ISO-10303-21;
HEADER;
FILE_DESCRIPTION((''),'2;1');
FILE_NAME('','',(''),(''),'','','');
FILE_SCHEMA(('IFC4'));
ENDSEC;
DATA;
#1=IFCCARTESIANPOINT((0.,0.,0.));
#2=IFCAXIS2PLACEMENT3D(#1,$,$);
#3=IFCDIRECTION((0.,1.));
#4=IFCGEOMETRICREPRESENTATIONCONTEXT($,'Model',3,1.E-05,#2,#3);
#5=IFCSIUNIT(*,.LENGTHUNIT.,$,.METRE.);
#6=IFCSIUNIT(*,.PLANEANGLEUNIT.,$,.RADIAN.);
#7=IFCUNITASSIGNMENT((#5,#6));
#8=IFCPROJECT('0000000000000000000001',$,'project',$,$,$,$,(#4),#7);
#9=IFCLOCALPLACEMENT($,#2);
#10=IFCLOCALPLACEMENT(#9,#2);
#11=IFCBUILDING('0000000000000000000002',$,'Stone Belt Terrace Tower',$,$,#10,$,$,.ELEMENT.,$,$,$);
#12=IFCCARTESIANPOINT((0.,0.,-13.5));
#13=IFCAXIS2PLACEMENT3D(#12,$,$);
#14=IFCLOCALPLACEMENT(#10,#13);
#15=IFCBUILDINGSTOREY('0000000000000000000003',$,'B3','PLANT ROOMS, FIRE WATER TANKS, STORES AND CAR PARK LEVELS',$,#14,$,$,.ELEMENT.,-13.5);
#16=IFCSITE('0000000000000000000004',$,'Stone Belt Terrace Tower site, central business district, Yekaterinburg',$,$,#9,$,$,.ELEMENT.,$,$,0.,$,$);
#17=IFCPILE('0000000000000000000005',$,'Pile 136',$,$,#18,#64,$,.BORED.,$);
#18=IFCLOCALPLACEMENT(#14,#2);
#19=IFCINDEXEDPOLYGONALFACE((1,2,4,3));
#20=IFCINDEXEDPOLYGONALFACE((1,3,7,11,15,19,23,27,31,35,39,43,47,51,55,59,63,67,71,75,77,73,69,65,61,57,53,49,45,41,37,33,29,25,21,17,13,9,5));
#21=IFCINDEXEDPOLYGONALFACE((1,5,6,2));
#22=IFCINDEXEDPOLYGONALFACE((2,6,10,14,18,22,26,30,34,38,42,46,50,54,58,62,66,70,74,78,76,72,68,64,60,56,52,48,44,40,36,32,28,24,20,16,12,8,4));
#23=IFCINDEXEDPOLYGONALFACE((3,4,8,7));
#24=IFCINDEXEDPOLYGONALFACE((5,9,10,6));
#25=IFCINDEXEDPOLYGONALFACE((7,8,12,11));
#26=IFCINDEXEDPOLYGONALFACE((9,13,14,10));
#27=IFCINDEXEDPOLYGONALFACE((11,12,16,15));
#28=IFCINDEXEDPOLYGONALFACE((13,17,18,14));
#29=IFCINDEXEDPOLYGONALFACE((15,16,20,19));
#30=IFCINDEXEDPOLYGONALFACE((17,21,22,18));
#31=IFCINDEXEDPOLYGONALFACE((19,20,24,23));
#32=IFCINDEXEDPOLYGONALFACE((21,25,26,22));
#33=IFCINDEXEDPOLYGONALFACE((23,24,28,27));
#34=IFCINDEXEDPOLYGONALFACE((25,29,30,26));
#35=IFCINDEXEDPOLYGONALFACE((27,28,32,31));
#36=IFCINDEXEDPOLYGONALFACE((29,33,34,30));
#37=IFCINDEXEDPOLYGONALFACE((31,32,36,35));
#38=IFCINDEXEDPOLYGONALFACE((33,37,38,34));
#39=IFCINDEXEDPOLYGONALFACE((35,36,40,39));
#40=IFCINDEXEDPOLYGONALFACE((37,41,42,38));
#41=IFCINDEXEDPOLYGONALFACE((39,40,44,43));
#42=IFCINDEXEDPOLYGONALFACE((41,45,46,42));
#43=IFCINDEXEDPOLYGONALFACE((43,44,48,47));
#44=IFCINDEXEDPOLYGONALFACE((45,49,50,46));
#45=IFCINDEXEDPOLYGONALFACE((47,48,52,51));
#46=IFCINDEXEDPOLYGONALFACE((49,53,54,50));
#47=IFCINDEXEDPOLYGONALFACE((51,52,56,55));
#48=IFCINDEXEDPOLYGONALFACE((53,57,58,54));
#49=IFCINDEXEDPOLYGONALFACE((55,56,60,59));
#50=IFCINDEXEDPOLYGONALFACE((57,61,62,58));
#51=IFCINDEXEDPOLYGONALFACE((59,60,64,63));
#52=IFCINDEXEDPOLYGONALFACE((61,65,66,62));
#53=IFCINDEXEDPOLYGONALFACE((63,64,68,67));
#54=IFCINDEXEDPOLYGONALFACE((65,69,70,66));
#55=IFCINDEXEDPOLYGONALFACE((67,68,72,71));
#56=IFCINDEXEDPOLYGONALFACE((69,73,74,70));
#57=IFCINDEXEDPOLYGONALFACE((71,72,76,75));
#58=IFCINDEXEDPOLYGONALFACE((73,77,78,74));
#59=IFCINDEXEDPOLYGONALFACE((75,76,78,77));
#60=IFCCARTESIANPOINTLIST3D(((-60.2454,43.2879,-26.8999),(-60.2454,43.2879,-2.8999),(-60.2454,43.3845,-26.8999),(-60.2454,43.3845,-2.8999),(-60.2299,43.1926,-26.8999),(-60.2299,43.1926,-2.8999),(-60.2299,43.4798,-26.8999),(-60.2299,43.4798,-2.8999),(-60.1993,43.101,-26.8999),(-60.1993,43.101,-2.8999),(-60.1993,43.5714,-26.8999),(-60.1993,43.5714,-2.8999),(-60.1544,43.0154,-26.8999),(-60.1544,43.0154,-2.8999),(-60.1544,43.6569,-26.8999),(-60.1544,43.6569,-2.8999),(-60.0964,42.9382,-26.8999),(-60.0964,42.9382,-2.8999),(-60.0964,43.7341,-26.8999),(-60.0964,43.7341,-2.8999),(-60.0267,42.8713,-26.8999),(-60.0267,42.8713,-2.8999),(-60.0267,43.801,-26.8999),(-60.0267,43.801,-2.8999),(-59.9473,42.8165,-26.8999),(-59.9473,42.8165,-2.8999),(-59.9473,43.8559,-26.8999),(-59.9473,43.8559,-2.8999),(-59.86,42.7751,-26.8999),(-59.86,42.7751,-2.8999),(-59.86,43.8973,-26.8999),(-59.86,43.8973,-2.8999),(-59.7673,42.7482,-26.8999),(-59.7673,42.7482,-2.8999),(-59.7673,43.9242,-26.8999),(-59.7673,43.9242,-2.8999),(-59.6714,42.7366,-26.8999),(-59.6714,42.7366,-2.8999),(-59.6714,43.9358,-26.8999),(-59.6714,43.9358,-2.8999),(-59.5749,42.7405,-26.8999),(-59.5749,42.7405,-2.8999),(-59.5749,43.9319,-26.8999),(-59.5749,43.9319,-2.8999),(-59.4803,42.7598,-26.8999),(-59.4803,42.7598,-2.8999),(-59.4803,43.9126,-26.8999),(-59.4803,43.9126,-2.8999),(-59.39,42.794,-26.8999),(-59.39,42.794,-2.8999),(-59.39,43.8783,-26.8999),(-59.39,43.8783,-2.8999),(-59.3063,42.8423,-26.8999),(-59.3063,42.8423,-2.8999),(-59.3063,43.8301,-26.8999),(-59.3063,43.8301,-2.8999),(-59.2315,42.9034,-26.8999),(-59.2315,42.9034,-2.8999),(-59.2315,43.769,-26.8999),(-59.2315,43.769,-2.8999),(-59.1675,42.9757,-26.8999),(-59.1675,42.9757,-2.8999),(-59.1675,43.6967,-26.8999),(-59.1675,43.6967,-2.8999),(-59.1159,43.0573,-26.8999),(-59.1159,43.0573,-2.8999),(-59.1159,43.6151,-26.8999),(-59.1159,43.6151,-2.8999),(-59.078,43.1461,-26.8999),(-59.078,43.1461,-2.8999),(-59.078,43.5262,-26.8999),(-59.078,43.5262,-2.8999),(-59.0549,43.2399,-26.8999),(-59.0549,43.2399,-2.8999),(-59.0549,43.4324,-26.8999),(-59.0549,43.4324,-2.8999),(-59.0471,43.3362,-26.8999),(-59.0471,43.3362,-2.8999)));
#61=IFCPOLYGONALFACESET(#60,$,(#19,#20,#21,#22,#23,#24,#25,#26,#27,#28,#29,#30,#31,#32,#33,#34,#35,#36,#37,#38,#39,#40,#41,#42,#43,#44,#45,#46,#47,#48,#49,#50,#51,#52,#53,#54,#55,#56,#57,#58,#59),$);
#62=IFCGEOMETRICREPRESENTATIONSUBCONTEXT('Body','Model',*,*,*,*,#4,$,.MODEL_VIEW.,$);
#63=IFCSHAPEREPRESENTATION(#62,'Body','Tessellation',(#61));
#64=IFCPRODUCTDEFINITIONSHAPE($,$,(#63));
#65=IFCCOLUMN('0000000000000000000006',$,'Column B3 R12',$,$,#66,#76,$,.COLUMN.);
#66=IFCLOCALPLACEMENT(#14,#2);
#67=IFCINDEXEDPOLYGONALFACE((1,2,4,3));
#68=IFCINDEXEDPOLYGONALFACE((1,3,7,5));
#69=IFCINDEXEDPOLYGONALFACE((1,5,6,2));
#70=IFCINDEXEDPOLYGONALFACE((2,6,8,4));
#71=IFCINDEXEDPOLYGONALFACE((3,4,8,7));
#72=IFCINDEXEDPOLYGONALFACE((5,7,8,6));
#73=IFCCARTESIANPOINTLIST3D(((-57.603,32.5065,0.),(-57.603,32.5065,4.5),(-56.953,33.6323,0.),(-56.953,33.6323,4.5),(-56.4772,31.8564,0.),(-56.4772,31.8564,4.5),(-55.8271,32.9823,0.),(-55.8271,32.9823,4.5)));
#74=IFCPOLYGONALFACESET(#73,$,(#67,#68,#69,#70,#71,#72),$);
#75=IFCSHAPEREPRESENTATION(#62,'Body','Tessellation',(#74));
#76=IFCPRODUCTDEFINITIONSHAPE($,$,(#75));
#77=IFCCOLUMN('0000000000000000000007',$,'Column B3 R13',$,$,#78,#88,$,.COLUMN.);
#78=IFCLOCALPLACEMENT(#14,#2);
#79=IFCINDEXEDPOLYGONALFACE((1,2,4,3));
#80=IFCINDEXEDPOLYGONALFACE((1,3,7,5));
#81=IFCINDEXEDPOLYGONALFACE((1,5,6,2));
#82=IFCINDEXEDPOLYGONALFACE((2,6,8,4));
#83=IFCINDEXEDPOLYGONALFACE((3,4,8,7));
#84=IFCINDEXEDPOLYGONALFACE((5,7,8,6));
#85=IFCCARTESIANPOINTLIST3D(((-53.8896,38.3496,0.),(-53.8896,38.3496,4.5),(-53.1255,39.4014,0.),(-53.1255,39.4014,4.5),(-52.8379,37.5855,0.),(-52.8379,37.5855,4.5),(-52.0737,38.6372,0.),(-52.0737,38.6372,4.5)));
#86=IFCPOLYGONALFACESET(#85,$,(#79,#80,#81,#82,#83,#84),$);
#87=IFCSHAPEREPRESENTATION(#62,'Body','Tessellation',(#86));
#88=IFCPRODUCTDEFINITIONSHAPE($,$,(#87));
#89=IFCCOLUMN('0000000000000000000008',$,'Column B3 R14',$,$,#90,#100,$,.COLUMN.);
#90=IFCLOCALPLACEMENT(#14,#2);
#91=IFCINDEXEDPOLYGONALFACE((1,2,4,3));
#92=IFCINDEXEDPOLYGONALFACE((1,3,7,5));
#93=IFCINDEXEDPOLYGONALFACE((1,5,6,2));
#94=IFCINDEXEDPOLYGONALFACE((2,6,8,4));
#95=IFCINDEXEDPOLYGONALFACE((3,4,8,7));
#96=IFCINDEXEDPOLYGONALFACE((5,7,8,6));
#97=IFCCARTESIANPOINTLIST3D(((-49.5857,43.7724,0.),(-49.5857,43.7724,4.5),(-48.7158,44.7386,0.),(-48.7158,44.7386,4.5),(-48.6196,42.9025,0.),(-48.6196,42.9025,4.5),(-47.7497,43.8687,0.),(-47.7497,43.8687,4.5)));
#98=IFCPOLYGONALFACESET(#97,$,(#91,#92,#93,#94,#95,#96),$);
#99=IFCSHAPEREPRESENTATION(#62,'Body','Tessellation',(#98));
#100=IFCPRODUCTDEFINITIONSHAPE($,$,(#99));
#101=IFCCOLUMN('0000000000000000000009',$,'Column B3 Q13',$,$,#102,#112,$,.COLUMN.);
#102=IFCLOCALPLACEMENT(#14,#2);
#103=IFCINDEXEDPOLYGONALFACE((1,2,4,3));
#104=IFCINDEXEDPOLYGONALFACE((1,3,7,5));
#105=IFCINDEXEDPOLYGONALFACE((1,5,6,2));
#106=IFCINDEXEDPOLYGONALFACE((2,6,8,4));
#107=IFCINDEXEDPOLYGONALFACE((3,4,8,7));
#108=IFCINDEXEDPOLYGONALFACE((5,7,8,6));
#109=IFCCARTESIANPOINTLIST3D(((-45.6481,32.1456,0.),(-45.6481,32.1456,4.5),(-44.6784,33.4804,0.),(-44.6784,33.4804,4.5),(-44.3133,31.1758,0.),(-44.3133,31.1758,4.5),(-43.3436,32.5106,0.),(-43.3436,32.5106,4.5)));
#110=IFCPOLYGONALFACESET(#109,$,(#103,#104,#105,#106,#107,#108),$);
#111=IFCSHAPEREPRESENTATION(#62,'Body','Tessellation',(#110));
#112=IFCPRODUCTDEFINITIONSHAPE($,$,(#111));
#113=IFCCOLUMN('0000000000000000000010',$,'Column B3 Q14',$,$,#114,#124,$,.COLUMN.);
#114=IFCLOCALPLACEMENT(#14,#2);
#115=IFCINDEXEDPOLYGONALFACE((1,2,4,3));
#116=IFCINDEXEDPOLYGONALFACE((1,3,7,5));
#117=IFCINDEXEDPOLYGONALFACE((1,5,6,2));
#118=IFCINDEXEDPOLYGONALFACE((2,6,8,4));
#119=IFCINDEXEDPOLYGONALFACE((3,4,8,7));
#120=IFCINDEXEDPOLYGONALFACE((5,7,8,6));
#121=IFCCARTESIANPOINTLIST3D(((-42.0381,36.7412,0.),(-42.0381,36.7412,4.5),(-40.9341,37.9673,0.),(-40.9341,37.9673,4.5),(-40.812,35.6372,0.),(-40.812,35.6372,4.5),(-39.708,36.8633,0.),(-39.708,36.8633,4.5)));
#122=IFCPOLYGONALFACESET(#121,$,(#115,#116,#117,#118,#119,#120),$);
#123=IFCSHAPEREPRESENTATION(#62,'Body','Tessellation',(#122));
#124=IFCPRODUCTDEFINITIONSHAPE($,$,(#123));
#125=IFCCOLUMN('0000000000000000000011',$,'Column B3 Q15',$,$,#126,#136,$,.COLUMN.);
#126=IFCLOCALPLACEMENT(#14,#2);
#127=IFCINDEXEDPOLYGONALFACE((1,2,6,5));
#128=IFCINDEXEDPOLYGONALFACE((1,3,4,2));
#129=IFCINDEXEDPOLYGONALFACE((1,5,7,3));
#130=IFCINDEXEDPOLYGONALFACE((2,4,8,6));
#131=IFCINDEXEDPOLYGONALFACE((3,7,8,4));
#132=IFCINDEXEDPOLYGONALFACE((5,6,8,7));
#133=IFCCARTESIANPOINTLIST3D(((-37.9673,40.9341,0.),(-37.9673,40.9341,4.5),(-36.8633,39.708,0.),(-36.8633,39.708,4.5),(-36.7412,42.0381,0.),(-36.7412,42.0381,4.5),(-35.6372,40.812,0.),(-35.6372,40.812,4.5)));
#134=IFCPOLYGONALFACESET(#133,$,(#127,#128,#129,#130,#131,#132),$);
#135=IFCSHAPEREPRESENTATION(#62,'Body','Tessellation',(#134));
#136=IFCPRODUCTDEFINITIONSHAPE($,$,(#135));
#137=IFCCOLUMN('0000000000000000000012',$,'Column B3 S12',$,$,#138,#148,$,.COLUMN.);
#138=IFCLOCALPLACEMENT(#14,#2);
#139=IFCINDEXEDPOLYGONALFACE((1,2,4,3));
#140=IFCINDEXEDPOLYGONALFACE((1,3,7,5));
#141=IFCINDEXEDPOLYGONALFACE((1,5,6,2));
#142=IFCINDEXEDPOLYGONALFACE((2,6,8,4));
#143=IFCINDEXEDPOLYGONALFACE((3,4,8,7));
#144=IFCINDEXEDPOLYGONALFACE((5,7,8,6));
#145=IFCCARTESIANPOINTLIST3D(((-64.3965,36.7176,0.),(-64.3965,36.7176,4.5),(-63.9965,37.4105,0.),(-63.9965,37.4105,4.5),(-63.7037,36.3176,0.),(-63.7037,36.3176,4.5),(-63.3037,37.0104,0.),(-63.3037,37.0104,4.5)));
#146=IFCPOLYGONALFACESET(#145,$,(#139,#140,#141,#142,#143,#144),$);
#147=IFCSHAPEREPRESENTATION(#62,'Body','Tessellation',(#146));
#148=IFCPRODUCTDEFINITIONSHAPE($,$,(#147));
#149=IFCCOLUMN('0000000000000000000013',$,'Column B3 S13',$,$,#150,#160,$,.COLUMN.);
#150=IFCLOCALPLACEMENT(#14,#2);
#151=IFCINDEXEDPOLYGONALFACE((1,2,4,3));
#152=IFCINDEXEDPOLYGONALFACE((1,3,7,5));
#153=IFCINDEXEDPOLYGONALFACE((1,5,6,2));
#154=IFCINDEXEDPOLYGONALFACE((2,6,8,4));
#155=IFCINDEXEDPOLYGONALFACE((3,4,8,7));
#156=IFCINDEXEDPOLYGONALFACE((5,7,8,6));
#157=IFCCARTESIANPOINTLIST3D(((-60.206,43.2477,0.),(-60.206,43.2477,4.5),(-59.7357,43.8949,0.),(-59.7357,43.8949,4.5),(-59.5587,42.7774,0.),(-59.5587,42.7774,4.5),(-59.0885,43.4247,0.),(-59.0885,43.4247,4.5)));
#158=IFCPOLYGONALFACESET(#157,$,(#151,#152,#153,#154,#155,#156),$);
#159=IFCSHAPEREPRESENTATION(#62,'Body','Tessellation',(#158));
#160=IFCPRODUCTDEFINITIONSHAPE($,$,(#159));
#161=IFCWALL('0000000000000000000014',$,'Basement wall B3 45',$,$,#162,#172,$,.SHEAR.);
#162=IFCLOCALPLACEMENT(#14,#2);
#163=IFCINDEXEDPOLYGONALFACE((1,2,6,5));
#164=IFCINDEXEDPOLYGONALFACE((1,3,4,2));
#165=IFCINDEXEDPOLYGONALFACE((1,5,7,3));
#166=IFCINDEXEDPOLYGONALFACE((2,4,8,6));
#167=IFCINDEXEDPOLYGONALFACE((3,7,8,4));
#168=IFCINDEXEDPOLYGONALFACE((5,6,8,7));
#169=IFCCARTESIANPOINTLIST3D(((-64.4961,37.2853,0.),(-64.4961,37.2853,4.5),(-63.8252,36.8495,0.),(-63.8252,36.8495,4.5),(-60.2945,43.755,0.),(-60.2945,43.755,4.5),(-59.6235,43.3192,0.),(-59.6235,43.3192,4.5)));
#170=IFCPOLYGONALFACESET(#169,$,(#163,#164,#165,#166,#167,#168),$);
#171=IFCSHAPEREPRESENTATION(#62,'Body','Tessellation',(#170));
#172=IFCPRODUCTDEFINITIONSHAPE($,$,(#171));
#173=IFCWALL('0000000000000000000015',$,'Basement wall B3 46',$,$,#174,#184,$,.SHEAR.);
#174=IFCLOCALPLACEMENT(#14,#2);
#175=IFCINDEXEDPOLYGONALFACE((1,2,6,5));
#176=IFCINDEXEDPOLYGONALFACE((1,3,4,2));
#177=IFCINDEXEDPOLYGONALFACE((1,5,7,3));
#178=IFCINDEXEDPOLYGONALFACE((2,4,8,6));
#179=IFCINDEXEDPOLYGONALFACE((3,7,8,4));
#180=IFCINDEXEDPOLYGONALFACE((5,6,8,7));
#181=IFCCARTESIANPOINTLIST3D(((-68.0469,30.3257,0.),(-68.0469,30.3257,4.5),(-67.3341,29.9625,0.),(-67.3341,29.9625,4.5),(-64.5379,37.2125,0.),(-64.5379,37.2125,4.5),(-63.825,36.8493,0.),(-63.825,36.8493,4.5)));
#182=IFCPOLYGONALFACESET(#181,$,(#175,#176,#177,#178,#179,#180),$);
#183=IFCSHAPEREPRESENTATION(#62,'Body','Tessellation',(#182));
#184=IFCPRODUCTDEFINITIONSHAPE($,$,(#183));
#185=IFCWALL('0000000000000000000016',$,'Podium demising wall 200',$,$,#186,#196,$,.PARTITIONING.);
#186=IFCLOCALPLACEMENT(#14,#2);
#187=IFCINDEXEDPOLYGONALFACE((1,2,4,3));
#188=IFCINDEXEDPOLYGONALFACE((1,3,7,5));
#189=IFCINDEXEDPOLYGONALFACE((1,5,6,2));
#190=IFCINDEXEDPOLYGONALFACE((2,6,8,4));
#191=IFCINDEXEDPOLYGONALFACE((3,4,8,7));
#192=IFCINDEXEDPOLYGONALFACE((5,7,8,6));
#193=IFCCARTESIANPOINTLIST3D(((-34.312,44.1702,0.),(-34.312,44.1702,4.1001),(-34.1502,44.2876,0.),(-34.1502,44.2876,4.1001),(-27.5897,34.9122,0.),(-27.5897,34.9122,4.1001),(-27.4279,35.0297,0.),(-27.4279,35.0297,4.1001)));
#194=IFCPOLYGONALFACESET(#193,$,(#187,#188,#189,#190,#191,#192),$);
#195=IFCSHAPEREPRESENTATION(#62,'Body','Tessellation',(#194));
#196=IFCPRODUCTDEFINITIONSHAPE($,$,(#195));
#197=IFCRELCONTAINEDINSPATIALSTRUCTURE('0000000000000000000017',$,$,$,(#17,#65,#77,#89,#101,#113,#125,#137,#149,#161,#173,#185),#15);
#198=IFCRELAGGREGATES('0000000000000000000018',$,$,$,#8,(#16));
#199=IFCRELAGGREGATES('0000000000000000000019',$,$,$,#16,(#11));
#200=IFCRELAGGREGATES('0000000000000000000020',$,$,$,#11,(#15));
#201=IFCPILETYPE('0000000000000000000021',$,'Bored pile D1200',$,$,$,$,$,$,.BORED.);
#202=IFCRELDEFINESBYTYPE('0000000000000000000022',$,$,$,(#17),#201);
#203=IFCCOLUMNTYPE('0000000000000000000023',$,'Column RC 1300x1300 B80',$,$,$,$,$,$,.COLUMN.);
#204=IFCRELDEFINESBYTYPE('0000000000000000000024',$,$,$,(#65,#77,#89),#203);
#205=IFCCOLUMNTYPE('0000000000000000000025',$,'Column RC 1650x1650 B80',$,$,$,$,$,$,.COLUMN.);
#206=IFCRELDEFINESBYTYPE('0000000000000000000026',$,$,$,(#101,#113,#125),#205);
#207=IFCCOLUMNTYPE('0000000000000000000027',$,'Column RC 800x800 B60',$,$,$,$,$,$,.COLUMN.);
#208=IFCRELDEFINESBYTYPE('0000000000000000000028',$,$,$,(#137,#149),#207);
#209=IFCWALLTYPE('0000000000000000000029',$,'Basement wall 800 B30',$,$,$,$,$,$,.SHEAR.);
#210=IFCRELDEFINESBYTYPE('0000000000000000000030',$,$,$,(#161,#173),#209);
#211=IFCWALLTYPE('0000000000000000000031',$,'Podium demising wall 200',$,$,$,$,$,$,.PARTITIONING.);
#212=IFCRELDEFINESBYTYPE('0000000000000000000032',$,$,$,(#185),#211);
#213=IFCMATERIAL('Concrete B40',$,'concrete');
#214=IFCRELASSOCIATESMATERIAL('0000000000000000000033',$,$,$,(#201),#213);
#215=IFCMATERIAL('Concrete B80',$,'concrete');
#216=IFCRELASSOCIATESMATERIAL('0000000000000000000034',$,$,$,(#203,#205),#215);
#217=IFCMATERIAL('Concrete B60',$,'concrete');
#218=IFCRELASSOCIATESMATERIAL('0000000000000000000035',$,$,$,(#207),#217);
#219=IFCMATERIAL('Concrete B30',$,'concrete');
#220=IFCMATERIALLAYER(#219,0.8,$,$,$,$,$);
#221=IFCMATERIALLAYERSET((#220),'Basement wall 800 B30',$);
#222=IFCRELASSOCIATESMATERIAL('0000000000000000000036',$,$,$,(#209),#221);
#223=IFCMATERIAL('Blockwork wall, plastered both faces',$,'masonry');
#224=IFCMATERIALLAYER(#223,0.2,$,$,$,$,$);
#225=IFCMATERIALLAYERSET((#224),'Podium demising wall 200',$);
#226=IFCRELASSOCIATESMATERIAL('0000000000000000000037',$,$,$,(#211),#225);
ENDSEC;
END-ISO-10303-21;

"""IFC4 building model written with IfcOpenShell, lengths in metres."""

from ifc_helpers import new_model, si_unit, direction, frame, frame_2d, origin, origin_2d, place, context, subcontext, project, spatial, rectangle, circle, extrude, material, layer, layer_set, material_profile, profile_set, type_object, element, save


model = new_model("IFC4")

# Units and contexts
model_context = context("Model", 3, precision=1e-05, world=origin(), true_north=direction((0.0, 1.0)))
body_context = subcontext(model_context, "Body", "Model", "MODEL_VIEW")
ifc_project = project(units=[si_unit("LENGTHUNIT", "METRE"), si_unit("PLANEANGLEUNIT", "RADIAN")], contexts=[model_context])

# Site, building, storey
site_placement = place(None, origin())
site = spatial("IfcSite", under=ifc_project, at=site_placement, Name="Stone Belt Terrace Tower site, central business district, Yekaterinburg", CompositionType="ELEMENT", RefElevation=0.0)
building_placement = place(site_placement, origin())
building = spatial("IfcBuilding", under=site, at=building_placement, Name="Stone Belt Terrace Tower", CompositionType="ELEMENT")
storey_placement = place(building_placement, frame((0.0, 0.0, -13.5)))
storey = spatial("IfcBuildingStorey", under=building, at=storey_placement, Name="B3", Description="PLANT ROOMS, FIRE WATER TANKS, STORES AND CAR PARK LEVELS", CompositionType="ELEMENT", Elevation=-13.5)

# Pile
ifc_material_1 = material(Name="Concrete B40", Category="concrete")
ifc_material_profile_1 = material_profile(ifc_material_1, circle(Radius=0.6001, at=origin_2d()), Name="PILE D1200")
ifc_profile_set_1 = profile_set([ifc_material_profile_1], Name="Concrete B40")
pile_type = type_object("IfcPileType", Name="Bored pile D1200", PredefinedType="BORED", material=ifc_profile_set_1)
for number, where, z_axis, x_axis, name in (
    (1, (-59.6472, 43.3362, -2.8999), (0.0, 0.0, -1.0), (1.0, 0.0, 0.0), "Pile 136"),
):
    element("IfcPile", number, at=place(storey_placement, frame(where, z_axis=z_axis, x_axis=x_axis)), inside=storey, type_object=pile_type, Name=name, PredefinedType="BORED", context=body_context, shape_type="SweptSolid", body=[
        extrude(circle(Radius=0.6001, at=origin_2d()), origin(), (0.0, 0.0, 1.0), 24.0),
    ])

# Columns
ifc_material_2 = material(Name="Concrete B80", Category="concrete")
ifc_material_profile_2 = material_profile(ifc_material_2, rectangle(XDim=1.3, YDim=1.3, at=origin_2d()), Name="RC 1300x1300")
ifc_profile_set_2 = profile_set([ifc_material_profile_2], Name="Concrete B80")
column_type_1 = type_object("IfcColumnType", Name="Column RC 1300x1300 B80", PredefinedType="COLUMN", material=ifc_profile_set_2)
for number, where, z_axis, x_axis, name in (
    (2, (-56.7151, 32.7444, 0.0), (0.0, 0.0, 1.0), (0.5, 0.866025, 0.0), "Column B3 R12"),
    (3, (-52.9817, 38.4934, 0.0), (0.0, 0.0, 1.0), (0.587785, 0.809017, 0.0), "Column B3 R13"),
    (4, (-48.6677, 43.8206, 0.0), (0.0, 0.0, 1.0), (0.669131, 0.743145, 0.0), "Column B3 R14"),
):
    element("IfcColumn", number, at=place(storey_placement, frame(where, z_axis=z_axis, x_axis=x_axis)), inside=storey, type_object=column_type_1, Name=name, PredefinedType="COLUMN", context=body_context, shape_type="SweptSolid", body=[
        extrude(rectangle(XDim=1.3, YDim=1.3, at=origin_2d()), origin(), (0.0, 0.0, 1.0), 4.5),
    ])
ifc_material_profile_3 = material_profile(ifc_material_2, rectangle(XDim=1.6499, YDim=1.6499, at=origin_2d()), Name="RC 1650x1650")
ifc_profile_set_3 = profile_set([ifc_material_profile_3], Name="Concrete B80")
column_type_2 = type_object("IfcColumnType", Name="Column RC 1650x1650 B80", PredefinedType="COLUMN", material=ifc_profile_set_3)
for number, where, z_axis, x_axis, name in (
    (5, (-44.4958, 32.3281, 0.0), (0.0, 0.0, 1.0), (0.587785, 0.809017, 0.0), "Column B3 Q13"),
    (6, (-40.873, 36.8022, 0.0), (0.0, 0.0, 1.0), (0.669131, 0.743145, 0.0), "Column B3 Q14"),
    (7, (-36.8022, 40.873, 0.0), (0.0, 0.0, 1.0), (0.743145, 0.669131, 0.0), "Column B3 Q15"),
):
    element("IfcColumn", number, at=place(storey_placement, frame(where, z_axis=z_axis, x_axis=x_axis)), inside=storey, type_object=column_type_2, Name=name, PredefinedType="COLUMN", context=body_context, shape_type="SweptSolid", body=[
        extrude(rectangle(XDim=1.6499, YDim=1.6499, at=origin_2d()), origin(), (0.0, 0.0, 1.0), 4.5),
    ])
ifc_material_3 = material(Name="Concrete B60", Category="concrete")
ifc_material_profile_4 = material_profile(ifc_material_3, rectangle(XDim=0.8, YDim=0.8, at=origin_2d()), Name="RC 800x800")
ifc_profile_set_4 = profile_set([ifc_material_profile_4], Name="Concrete B60")
column_type_3 = type_object("IfcColumnType", Name="Column RC 800x800 B60", PredefinedType="COLUMN", material=ifc_profile_set_4)
for number, where, z_axis, x_axis, name in (
    (8, (-63.8501, 36.864, 0.0), (0.0, 0.0, 1.0), (0.5, 0.866025, 0.0), "Column B3 S12"),
    (9, (-59.6472, 43.3362, 0.0), (0.0, 0.0, 1.0), (0.587785, 0.809017, 0.0), "Column B3 S13"),
):
    element("IfcColumn", number, at=place(storey_placement, frame(where, z_axis=z_axis, x_axis=x_axis)), inside=storey, type_object=column_type_3, Name=name, PredefinedType="COLUMN", context=body_context, shape_type="SweptSolid", body=[
        extrude(rectangle(XDim=0.8, YDim=0.8, at=origin_2d()), origin(), (0.0, 0.0, 1.0), 4.5),
    ])

# Walls
ifc_material_4 = material(Name="Concrete B30", Category="concrete")
ifc_layer_1 = layer(ifc_material_4, 0.8)
ifc_layer_set_1 = layer_set([ifc_layer_1], Name="Basement wall 800 B30")
wall_type_1 = type_object("IfcWallType", Name="Basement wall 800 B30", PredefinedType="SHEAR", material=ifc_layer_set_1)
wall_1_placement = place(storey_placement, frame((-59.959, 43.5371, 0.0), z_axis=(0.0, 0.0, 1.0), x_axis=(-0.544655, -0.83866, 0.0)))
element("IfcWall", 10, at=wall_1_placement, inside=storey, type_object=wall_type_1, Name="Basement wall B3 45", PredefinedType="SHEAR", context=body_context, shape_type="SweptSolid", body=[
    extrude(rectangle(XDim=7.7144, YDim=0.8, at=frame_2d((3.8572, 0.0))), origin(), (0.0, 0.0, 1.0), 4.5),
])
wall_2_placement = place(storey_placement, frame((-64.1814, 37.031, 0.0), z_axis=(0.0, 0.0, 1.0), x_axis=(-0.453998, -0.891003, 0.0)))
element("IfcWall", 11, at=wall_2_placement, inside=storey, type_object=wall_type_1, Name="Basement wall B3 46", PredefinedType="SHEAR", context=body_context, shape_type="SweptSolid", body=[
    extrude(rectangle(XDim=7.7292, YDim=0.8, at=frame_2d((3.8647, 0.0))), origin(), (0.0, 0.0, 1.0), 4.5),
])
ifc_material_5 = material(Name="Blockwork wall, plastered both faces", Category="masonry")
ifc_layer_2 = layer(ifc_material_5, 0.2)
ifc_layer_set_2 = layer_set([ifc_layer_2], Name="Podium demising wall 200")
wall_type_2 = type_object("IfcWallType", Name="Podium demising wall 200", PredefinedType="PARTITIONING", material=ifc_layer_set_2)
wall_3_placement = place(storey_placement, frame((-34.2312, 44.229, 0.0), z_axis=(0.0, 0.0, 1.0), x_axis=(0.587559, -0.809182, 0.0)))
element("IfcWall", 12, at=wall_3_placement, inside=storey, type_object=wall_type_2, Name="Podium demising wall 200", PredefinedType="PARTITIONING", context=body_context, shape_type="SweptSolid", body=[
    extrude(rectangle(XDim=11.4412, YDim=0.2, at=frame_2d((5.7207, 0.0))), origin(), (0.0, 0.0, 1.0), 4.1001),
])

save(model, "model.ifc")
